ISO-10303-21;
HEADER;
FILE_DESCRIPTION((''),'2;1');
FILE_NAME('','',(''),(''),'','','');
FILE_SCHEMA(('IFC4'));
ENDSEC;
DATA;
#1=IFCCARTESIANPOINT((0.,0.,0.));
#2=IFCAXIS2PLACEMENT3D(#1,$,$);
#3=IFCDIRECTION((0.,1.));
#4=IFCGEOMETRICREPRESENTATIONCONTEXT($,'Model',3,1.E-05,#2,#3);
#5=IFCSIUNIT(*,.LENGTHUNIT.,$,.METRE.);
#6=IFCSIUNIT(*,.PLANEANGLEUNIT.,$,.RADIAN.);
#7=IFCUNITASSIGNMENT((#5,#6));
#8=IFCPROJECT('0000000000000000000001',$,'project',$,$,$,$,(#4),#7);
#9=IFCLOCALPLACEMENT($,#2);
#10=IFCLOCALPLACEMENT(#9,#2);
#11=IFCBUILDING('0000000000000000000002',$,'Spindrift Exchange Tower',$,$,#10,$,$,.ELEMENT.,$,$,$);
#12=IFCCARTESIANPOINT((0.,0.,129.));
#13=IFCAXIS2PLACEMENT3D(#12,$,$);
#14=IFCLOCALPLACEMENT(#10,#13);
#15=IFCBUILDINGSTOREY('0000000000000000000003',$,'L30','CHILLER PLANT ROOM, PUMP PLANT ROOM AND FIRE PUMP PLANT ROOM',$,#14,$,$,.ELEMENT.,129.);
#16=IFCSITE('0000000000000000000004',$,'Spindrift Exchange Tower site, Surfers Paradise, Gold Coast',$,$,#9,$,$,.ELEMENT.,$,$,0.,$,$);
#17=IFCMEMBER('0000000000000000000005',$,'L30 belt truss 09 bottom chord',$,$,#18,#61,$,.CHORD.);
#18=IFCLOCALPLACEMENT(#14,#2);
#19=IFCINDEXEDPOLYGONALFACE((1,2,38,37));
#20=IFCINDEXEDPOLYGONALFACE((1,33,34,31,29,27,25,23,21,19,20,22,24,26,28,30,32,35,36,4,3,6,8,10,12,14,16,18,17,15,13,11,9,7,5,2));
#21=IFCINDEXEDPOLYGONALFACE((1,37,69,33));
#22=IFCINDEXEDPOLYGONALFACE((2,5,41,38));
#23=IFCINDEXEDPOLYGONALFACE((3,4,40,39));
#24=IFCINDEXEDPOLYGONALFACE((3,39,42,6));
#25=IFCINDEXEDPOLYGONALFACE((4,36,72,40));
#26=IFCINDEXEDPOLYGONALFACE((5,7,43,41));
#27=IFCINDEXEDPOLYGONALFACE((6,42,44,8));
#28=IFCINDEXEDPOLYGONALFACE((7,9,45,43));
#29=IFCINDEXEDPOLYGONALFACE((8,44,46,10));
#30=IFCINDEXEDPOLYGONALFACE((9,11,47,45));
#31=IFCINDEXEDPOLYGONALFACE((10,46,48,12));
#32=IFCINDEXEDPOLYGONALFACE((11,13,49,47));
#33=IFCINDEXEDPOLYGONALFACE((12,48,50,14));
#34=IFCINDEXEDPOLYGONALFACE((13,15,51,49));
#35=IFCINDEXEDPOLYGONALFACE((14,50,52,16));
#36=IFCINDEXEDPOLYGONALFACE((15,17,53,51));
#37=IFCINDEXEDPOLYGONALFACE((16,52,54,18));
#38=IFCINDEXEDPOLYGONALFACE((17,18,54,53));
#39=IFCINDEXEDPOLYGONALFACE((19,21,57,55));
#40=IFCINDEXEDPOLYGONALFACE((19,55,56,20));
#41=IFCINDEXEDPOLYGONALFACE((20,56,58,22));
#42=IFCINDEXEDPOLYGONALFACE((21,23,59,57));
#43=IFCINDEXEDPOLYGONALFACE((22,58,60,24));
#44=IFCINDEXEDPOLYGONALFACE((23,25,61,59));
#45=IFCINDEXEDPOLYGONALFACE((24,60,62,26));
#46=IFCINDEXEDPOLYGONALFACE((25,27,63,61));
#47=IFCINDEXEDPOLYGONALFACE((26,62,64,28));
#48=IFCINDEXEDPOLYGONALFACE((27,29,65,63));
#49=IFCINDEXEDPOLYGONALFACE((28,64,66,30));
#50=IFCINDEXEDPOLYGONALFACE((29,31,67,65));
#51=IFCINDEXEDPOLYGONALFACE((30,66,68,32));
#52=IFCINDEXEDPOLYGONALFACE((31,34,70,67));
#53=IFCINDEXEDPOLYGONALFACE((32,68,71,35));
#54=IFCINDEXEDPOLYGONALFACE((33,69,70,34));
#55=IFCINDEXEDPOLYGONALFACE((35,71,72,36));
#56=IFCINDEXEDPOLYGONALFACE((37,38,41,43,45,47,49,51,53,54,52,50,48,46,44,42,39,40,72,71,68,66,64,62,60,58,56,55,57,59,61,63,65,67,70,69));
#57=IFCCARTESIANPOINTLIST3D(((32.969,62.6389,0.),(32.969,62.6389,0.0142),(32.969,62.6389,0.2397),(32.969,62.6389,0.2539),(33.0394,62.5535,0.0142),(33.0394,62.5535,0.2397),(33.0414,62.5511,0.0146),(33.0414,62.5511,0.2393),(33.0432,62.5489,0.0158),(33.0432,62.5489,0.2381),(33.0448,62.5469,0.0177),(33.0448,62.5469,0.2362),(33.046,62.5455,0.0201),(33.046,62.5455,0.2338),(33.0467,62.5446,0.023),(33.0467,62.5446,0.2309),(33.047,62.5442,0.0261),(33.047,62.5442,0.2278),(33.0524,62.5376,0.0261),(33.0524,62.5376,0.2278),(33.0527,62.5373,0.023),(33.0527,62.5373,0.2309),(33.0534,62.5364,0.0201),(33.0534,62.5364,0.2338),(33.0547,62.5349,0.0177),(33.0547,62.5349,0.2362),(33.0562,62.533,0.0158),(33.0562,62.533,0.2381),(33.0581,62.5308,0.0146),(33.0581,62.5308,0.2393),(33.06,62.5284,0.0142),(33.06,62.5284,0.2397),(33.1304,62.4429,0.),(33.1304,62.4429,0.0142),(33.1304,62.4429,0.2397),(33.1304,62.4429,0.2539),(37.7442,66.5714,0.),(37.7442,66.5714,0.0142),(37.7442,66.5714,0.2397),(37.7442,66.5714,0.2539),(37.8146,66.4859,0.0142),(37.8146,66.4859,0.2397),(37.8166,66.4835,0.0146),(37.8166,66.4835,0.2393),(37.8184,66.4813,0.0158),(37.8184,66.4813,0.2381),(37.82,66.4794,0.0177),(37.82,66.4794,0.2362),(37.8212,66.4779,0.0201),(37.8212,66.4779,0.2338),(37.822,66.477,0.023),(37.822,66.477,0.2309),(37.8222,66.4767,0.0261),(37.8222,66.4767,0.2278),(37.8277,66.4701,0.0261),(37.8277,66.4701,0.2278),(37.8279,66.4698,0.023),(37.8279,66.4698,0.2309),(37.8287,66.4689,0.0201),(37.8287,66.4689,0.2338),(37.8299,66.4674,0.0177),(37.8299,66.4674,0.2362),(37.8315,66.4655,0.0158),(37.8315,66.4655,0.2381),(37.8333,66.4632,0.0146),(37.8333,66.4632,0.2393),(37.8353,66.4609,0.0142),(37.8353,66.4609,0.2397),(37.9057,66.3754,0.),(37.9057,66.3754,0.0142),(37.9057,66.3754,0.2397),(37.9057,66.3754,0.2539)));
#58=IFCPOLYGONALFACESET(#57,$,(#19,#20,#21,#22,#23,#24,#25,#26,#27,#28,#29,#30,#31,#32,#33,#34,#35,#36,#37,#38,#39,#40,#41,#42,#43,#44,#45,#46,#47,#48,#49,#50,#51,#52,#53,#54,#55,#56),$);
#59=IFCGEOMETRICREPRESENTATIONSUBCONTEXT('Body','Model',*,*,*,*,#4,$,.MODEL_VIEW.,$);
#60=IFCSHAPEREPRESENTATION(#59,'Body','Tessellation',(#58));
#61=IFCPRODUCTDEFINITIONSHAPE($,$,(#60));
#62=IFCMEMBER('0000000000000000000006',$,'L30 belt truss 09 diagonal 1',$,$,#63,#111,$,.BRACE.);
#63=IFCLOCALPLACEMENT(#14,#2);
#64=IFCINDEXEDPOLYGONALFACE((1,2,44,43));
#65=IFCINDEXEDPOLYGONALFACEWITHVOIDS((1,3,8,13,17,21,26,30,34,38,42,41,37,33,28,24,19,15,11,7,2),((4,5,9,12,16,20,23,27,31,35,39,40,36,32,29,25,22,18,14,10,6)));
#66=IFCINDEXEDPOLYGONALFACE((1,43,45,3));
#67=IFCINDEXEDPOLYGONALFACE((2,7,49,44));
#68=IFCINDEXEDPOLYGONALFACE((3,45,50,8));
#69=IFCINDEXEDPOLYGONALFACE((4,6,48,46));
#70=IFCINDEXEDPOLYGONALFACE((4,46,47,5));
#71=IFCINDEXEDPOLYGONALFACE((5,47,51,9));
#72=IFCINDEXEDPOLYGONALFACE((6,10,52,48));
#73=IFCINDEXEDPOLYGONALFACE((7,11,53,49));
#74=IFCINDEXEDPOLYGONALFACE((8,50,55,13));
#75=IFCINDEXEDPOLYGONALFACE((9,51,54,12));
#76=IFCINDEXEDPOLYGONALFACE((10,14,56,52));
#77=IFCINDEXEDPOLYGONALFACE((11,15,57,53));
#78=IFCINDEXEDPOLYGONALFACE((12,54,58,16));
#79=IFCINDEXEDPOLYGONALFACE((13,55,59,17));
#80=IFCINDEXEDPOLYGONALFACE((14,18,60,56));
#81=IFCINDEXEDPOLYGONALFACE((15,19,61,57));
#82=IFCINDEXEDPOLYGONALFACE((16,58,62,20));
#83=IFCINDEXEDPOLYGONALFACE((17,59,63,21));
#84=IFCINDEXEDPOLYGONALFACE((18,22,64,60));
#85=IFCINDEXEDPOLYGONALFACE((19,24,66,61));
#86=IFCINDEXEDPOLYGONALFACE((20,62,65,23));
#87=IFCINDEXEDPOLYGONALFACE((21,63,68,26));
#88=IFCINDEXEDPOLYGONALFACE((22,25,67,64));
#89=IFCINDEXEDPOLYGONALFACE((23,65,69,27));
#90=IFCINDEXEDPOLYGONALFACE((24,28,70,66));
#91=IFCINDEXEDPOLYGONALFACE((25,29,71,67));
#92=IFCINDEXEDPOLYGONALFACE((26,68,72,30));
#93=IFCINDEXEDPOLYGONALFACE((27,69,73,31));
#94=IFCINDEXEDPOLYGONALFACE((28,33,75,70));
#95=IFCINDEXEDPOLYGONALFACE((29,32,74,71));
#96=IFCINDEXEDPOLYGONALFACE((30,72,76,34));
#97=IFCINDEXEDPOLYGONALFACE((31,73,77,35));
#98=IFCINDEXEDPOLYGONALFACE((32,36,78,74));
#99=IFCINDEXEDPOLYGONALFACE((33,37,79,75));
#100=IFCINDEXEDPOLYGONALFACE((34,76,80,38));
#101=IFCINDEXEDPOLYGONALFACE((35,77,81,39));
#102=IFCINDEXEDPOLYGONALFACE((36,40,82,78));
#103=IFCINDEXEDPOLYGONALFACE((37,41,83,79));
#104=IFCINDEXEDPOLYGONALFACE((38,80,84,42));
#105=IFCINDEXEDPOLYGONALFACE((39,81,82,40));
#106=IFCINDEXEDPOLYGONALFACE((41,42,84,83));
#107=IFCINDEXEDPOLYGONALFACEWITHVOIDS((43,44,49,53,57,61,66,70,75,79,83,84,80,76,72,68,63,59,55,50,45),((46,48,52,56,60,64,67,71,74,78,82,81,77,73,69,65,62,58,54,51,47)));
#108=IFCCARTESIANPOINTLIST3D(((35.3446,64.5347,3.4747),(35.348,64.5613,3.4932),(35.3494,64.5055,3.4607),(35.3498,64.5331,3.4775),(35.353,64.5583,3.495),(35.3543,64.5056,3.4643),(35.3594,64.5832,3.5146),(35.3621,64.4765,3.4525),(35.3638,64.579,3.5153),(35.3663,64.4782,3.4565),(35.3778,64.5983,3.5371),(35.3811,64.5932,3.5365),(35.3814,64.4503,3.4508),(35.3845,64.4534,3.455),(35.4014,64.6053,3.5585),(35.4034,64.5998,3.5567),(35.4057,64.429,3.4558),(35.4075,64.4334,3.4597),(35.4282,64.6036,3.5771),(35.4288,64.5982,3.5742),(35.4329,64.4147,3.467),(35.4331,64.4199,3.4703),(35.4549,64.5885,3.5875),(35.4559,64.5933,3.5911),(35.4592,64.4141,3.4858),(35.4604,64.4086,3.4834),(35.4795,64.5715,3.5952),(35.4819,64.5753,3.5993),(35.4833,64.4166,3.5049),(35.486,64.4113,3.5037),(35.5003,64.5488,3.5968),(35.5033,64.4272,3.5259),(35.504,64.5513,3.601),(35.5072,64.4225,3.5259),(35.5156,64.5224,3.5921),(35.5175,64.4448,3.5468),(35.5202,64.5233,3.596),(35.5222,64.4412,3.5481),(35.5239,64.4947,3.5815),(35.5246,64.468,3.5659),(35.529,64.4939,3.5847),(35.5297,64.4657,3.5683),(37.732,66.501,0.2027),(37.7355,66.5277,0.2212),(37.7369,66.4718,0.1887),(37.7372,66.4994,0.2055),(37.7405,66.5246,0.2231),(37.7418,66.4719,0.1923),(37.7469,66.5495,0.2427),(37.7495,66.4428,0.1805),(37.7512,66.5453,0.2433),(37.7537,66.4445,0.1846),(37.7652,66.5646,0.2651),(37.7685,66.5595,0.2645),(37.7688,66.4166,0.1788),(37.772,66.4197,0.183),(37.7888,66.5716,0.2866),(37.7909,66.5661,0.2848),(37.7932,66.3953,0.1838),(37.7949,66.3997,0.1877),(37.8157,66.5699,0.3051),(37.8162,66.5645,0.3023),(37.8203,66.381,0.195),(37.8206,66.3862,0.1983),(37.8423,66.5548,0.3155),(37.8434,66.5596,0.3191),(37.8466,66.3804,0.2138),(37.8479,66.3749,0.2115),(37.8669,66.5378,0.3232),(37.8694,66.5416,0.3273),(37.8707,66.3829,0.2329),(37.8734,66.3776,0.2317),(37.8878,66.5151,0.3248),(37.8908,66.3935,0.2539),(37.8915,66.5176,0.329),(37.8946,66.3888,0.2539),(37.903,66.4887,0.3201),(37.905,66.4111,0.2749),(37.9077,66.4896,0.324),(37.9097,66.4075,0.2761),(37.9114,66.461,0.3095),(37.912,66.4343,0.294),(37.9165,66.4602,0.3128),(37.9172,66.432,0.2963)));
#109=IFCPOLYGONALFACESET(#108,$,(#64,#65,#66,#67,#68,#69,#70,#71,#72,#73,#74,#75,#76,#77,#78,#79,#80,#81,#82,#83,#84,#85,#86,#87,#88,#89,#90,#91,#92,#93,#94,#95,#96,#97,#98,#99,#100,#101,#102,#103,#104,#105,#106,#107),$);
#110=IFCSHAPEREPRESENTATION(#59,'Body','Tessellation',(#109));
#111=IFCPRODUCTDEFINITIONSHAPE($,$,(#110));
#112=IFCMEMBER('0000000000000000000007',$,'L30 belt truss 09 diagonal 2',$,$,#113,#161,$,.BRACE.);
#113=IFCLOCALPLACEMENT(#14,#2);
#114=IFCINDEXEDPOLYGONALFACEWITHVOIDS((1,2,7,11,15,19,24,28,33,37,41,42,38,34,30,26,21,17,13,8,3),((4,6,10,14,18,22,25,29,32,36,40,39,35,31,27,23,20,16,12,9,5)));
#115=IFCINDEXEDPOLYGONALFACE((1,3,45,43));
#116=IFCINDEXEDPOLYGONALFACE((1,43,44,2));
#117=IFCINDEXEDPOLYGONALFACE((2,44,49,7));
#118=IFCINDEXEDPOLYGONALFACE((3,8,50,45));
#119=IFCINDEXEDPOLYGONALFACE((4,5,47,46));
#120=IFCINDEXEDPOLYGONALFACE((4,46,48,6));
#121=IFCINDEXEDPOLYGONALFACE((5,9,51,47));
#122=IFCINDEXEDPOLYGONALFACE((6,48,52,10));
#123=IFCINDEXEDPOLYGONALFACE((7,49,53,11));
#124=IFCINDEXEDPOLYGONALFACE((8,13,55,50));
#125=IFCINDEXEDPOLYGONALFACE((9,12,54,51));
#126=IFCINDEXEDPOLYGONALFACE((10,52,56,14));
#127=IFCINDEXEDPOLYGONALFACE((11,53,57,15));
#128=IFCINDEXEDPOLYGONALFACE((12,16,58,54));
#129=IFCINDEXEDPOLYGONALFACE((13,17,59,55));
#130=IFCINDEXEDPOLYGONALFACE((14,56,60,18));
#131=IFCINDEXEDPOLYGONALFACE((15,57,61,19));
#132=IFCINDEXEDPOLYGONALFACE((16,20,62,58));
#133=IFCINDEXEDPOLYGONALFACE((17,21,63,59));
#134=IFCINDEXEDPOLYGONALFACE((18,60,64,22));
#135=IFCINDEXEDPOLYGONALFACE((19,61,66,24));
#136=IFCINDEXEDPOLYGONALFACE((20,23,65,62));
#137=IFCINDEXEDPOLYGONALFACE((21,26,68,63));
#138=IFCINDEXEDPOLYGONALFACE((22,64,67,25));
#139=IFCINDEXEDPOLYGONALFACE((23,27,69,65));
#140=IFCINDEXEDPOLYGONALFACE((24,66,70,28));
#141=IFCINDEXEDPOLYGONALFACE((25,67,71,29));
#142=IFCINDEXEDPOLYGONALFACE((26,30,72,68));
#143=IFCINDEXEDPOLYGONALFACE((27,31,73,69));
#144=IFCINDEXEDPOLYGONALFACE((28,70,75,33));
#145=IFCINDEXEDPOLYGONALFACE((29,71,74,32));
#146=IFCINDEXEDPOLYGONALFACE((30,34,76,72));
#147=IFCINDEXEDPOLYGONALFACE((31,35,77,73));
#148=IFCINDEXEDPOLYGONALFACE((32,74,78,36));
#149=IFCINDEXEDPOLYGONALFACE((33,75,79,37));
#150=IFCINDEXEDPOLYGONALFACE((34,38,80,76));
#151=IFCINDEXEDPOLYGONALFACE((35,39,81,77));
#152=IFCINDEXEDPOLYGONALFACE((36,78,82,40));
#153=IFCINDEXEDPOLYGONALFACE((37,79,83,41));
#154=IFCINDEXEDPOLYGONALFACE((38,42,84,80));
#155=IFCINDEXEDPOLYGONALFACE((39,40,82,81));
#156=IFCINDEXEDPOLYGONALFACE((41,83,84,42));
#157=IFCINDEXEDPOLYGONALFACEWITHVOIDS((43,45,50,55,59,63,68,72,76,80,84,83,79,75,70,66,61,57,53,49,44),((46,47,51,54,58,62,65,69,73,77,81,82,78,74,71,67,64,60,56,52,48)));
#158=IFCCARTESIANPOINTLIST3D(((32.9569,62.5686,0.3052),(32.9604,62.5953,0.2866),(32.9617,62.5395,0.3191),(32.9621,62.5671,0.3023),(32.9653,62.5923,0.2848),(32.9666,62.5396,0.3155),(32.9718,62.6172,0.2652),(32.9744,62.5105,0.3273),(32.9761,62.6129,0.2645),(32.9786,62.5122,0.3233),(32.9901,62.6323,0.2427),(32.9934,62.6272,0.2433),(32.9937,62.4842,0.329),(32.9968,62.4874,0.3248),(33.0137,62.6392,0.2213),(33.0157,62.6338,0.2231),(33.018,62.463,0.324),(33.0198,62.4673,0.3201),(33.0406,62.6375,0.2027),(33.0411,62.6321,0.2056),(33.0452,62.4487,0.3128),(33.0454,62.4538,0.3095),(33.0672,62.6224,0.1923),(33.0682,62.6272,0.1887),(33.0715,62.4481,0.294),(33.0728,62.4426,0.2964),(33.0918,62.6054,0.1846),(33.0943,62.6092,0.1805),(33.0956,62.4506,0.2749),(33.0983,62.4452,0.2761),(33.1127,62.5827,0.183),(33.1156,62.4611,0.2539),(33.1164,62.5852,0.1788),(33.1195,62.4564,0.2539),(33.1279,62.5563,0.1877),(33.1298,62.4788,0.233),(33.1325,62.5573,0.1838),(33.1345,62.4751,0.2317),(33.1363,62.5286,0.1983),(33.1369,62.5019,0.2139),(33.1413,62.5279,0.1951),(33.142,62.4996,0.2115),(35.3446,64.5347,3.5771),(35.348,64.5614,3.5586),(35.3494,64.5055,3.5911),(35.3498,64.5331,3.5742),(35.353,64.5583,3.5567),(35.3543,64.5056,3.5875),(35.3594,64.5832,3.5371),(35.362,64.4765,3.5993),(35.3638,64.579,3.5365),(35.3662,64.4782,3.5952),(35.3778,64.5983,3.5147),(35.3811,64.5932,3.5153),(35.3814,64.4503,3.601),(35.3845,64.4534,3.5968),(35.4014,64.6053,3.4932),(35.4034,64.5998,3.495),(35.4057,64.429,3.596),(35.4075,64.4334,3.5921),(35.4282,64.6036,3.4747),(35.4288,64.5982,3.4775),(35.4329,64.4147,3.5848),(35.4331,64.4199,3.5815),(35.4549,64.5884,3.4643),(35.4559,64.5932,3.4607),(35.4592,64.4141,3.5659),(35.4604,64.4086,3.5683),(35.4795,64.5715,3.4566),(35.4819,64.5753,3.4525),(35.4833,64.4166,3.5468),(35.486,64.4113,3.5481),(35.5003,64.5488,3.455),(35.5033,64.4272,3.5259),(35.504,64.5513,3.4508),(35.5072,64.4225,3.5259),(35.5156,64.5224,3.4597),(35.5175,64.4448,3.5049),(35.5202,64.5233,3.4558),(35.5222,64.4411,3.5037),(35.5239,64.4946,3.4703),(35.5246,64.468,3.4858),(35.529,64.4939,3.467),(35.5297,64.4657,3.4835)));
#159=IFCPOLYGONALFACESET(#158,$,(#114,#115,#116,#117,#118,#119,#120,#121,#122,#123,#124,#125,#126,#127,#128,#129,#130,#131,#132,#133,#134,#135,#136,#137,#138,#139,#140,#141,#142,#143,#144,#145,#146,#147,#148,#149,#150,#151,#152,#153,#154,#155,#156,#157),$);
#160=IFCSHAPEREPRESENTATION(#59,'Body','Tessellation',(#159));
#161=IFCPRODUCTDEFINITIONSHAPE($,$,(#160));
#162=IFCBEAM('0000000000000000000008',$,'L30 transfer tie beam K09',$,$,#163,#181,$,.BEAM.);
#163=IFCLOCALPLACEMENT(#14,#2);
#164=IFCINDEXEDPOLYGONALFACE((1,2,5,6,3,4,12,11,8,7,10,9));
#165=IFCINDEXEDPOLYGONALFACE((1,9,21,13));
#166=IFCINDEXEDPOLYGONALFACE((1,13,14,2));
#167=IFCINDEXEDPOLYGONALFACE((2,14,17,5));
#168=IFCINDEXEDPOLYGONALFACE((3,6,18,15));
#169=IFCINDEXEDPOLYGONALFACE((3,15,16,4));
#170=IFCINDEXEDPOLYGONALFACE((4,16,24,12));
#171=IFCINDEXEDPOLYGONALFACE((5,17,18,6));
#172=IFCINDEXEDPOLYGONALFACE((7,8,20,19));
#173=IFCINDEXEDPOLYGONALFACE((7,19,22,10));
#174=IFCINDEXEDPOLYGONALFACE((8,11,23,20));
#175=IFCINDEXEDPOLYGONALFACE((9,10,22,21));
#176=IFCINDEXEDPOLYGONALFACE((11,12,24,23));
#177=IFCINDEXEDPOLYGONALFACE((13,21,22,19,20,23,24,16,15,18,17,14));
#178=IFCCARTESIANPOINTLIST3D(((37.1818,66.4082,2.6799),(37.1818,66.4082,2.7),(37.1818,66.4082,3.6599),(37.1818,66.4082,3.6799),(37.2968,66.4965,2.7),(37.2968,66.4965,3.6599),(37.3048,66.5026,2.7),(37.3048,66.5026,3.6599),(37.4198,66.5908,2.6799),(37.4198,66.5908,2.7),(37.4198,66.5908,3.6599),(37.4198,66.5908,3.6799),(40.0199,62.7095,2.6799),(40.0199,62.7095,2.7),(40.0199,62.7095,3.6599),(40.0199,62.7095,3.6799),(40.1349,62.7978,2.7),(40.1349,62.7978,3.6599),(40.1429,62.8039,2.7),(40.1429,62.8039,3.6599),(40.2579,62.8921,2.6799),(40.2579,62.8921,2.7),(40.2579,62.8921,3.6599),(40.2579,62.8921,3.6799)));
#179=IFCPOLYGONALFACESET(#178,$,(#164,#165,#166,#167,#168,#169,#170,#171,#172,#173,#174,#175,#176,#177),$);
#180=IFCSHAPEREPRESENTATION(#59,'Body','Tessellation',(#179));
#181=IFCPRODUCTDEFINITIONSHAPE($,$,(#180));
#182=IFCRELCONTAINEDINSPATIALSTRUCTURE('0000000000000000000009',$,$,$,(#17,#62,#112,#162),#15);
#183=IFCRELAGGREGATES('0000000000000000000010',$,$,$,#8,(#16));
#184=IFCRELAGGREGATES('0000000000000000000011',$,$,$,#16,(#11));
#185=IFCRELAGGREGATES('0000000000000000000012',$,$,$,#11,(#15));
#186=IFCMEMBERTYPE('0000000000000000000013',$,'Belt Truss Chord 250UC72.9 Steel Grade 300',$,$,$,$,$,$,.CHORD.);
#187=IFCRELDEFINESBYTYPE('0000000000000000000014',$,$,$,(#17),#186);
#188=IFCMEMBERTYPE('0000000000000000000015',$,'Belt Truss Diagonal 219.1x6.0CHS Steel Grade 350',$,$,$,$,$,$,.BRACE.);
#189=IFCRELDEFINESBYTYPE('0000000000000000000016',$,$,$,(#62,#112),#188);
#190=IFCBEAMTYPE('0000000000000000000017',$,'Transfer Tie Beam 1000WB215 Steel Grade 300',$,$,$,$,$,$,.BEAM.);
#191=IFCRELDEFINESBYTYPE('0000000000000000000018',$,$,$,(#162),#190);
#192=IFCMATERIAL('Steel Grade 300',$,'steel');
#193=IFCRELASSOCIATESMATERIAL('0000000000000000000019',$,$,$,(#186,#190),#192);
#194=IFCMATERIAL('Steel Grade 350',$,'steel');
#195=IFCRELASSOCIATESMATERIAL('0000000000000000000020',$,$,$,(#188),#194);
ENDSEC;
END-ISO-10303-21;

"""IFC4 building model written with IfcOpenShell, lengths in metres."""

from ifc_helpers import new_model, si_unit, direction, frame, origin, origin_2d, place, context, subcontext, project, spatial, hollow_circle, i_section, extrude, source, transform, mapped, material, material_profile, profile_set, type_object, element, save


model = new_model("IFC4")

# Units and contexts
model_context = context("Model", 3, precision=1e-05, world=origin(), true_north=direction((0.0, 1.0)))
body_context = subcontext(model_context, "Body", "Model", "MODEL_VIEW")
ifc_project = project(units=[si_unit("LENGTHUNIT", "METRE"), si_unit("PLANEANGLEUNIT", "RADIAN")], contexts=[model_context])

# Site, building, storey
site_placement = place(None, origin())
site = spatial("IfcSite", under=ifc_project, at=site_placement, Name="Spindrift Exchange Tower site, Surfers Paradise, Gold Coast", CompositionType="ELEMENT", RefElevation=0.0)
building_placement = place(site_placement, origin())
building = spatial("IfcBuilding", under=site, at=building_placement, Name="Spindrift Exchange Tower", CompositionType="ELEMENT")
storey_placement = place(building_placement, frame((0.0, 0.0, 129.0)))
storey = spatial("IfcBuildingStorey", under=building, at=storey_placement, Name="L30", Description="CHILLER PLANT ROOM, PUMP PLANT ROOM AND FIRE PUMP PLANT ROOM", CompositionType="ELEMENT", Elevation=129.0)

# Shared definitions
ifc_material_1 = material(Name="Steel Grade 300", Category="steel")

# Members
ifc_material_profile_1 = material_profile(ifc_material_1, i_section(OverallWidth=0.2539, OverallDepth=0.2539, WebThickness=0.0085, FlangeThickness=0.0142, FilletRadius=0.012, at=origin_2d()), Name="250UC72.9")
ifc_profile_set_1 = profile_set([ifc_material_profile_1], Name="Steel Grade 300")
member_type_1 = type_object("IfcMemberType", Name="Belt Truss Chord 250UC72.9 Steel Grade 300", PredefinedType="CHORD", material=ifc_profile_set_1)
shared_shape_1 = source(origin(), body_context, "Body", "SweptSolid", [
    extrude(i_section(OverallWidth=0.2539, OverallDepth=0.2539, WebThickness=0.0085, FlangeThickness=0.0142, FilletRadius=0.012, at=origin_2d()), origin(), (0.0, 0.0, 1.0), 6.186),
])
for number, where, z_axis, x_axis, name in (
    (1, (37.825, 66.4734, 0.127), (-0.771938, -0.635698, 0.0), (0.635698, -0.771938, 0.0), "L30 belt truss 09 bottom chord"),
):
    element("IfcMember", number, at=place(storey_placement, frame(where, z_axis=z_axis, x_axis=x_axis)), inside=storey, type_object=member_type_1, Name=name, PredefinedType="CHORD", context=body_context, shape_type="MappedRepresentation", body=[
        mapped(shared_shape_1, transform((0.0, 0.0, 0.0), scale=1.0)),
    ])
ifc_material_2 = material(Name="Steel Grade 350", Category="steel")
ifc_material_profile_2 = material_profile(ifc_material_2, hollow_circle(Radius=0.1096, WallThickness=0.0061, at=origin_2d()), Name="219.1x6.0CHS")
ifc_profile_set_2 = profile_set([ifc_material_profile_2], Name="Steel Grade 350")
member_type_2 = type_object("IfcMemberType", Name="Belt Truss Diagonal 219.1x6.0CHS Steel Grade 350", PredefinedType="BRACE", material=ifc_profile_set_2)
shared_shape_2 = source(origin(), body_context, "Body", "SweptSolid", [
    extrude(hollow_circle(Radius=0.1096, WallThickness=0.0061, at=origin_2d()), origin(), (0.0, 0.0, 1.0), 4.5024),
])
for number, where, z_axis, x_axis, name in (
    (2, (37.825, 66.4734, 0.2539), (-0.530255, -0.436719, 0.726709), (0.63574, -0.771903, 0.0), "L30 belt truss 09 diagonal 1"),
    (3, (35.4375, 64.5071, 3.5259), (-0.530307, -0.436663, -0.726705), (0.635655, -0.771974, 0.0), "L30 belt truss 09 diagonal 2"),
):
    element("IfcMember", number, at=place(storey_placement, frame(where, z_axis=z_axis, x_axis=x_axis)), inside=storey, type_object=member_type_2, Name=name, PredefinedType="BRACE", context=body_context, shape_type="MappedRepresentation", body=[
        mapped(shared_shape_2, transform((0.0, 0.0, 0.0), scale=1.0)),
    ])

# Beam
ifc_material_profile_3 = material_profile(ifc_material_1, i_section(OverallWidth=0.3, OverallDepth=1.0, WebThickness=0.01, FlangeThickness=0.02, at=origin_2d()), Name="1000WB215")
ifc_profile_set_3 = profile_set([ifc_material_profile_3], Name="Steel Grade 300")
beam_type_1 = type_object("IfcBeamType", Name="Transfer Tie Beam 1000WB215 Steel Grade 300", PredefinedType="BEAM", material=ifc_profile_set_3)
shared_shape_3 = source(origin(), body_context, "Body", "SweptSolid", [
    extrude(i_section(OverallWidth=0.3, OverallDepth=1.0, WebThickness=0.01, FlangeThickness=0.02, at=origin_2d()), origin(), (0.0, 0.0, 1.0), 4.6621),
])
beam_1_placement = place(storey_placement, frame((37.3008, 66.4995, 3.1799), z_axis=(0.608761, -0.793353, 0.0), x_axis=(0.793353, 0.608761, 0.0)))
element("IfcBeam", 4, at=beam_1_placement, inside=storey, type_object=beam_type_1, Name="L30 transfer tie beam K09", PredefinedType="BEAM", context=body_context, shape_type="MappedRepresentation", body=[
    mapped(shared_shape_3, transform((0.0, 0.0, 0.0), scale=1.0)),
])

save(model, "model.ifc")
